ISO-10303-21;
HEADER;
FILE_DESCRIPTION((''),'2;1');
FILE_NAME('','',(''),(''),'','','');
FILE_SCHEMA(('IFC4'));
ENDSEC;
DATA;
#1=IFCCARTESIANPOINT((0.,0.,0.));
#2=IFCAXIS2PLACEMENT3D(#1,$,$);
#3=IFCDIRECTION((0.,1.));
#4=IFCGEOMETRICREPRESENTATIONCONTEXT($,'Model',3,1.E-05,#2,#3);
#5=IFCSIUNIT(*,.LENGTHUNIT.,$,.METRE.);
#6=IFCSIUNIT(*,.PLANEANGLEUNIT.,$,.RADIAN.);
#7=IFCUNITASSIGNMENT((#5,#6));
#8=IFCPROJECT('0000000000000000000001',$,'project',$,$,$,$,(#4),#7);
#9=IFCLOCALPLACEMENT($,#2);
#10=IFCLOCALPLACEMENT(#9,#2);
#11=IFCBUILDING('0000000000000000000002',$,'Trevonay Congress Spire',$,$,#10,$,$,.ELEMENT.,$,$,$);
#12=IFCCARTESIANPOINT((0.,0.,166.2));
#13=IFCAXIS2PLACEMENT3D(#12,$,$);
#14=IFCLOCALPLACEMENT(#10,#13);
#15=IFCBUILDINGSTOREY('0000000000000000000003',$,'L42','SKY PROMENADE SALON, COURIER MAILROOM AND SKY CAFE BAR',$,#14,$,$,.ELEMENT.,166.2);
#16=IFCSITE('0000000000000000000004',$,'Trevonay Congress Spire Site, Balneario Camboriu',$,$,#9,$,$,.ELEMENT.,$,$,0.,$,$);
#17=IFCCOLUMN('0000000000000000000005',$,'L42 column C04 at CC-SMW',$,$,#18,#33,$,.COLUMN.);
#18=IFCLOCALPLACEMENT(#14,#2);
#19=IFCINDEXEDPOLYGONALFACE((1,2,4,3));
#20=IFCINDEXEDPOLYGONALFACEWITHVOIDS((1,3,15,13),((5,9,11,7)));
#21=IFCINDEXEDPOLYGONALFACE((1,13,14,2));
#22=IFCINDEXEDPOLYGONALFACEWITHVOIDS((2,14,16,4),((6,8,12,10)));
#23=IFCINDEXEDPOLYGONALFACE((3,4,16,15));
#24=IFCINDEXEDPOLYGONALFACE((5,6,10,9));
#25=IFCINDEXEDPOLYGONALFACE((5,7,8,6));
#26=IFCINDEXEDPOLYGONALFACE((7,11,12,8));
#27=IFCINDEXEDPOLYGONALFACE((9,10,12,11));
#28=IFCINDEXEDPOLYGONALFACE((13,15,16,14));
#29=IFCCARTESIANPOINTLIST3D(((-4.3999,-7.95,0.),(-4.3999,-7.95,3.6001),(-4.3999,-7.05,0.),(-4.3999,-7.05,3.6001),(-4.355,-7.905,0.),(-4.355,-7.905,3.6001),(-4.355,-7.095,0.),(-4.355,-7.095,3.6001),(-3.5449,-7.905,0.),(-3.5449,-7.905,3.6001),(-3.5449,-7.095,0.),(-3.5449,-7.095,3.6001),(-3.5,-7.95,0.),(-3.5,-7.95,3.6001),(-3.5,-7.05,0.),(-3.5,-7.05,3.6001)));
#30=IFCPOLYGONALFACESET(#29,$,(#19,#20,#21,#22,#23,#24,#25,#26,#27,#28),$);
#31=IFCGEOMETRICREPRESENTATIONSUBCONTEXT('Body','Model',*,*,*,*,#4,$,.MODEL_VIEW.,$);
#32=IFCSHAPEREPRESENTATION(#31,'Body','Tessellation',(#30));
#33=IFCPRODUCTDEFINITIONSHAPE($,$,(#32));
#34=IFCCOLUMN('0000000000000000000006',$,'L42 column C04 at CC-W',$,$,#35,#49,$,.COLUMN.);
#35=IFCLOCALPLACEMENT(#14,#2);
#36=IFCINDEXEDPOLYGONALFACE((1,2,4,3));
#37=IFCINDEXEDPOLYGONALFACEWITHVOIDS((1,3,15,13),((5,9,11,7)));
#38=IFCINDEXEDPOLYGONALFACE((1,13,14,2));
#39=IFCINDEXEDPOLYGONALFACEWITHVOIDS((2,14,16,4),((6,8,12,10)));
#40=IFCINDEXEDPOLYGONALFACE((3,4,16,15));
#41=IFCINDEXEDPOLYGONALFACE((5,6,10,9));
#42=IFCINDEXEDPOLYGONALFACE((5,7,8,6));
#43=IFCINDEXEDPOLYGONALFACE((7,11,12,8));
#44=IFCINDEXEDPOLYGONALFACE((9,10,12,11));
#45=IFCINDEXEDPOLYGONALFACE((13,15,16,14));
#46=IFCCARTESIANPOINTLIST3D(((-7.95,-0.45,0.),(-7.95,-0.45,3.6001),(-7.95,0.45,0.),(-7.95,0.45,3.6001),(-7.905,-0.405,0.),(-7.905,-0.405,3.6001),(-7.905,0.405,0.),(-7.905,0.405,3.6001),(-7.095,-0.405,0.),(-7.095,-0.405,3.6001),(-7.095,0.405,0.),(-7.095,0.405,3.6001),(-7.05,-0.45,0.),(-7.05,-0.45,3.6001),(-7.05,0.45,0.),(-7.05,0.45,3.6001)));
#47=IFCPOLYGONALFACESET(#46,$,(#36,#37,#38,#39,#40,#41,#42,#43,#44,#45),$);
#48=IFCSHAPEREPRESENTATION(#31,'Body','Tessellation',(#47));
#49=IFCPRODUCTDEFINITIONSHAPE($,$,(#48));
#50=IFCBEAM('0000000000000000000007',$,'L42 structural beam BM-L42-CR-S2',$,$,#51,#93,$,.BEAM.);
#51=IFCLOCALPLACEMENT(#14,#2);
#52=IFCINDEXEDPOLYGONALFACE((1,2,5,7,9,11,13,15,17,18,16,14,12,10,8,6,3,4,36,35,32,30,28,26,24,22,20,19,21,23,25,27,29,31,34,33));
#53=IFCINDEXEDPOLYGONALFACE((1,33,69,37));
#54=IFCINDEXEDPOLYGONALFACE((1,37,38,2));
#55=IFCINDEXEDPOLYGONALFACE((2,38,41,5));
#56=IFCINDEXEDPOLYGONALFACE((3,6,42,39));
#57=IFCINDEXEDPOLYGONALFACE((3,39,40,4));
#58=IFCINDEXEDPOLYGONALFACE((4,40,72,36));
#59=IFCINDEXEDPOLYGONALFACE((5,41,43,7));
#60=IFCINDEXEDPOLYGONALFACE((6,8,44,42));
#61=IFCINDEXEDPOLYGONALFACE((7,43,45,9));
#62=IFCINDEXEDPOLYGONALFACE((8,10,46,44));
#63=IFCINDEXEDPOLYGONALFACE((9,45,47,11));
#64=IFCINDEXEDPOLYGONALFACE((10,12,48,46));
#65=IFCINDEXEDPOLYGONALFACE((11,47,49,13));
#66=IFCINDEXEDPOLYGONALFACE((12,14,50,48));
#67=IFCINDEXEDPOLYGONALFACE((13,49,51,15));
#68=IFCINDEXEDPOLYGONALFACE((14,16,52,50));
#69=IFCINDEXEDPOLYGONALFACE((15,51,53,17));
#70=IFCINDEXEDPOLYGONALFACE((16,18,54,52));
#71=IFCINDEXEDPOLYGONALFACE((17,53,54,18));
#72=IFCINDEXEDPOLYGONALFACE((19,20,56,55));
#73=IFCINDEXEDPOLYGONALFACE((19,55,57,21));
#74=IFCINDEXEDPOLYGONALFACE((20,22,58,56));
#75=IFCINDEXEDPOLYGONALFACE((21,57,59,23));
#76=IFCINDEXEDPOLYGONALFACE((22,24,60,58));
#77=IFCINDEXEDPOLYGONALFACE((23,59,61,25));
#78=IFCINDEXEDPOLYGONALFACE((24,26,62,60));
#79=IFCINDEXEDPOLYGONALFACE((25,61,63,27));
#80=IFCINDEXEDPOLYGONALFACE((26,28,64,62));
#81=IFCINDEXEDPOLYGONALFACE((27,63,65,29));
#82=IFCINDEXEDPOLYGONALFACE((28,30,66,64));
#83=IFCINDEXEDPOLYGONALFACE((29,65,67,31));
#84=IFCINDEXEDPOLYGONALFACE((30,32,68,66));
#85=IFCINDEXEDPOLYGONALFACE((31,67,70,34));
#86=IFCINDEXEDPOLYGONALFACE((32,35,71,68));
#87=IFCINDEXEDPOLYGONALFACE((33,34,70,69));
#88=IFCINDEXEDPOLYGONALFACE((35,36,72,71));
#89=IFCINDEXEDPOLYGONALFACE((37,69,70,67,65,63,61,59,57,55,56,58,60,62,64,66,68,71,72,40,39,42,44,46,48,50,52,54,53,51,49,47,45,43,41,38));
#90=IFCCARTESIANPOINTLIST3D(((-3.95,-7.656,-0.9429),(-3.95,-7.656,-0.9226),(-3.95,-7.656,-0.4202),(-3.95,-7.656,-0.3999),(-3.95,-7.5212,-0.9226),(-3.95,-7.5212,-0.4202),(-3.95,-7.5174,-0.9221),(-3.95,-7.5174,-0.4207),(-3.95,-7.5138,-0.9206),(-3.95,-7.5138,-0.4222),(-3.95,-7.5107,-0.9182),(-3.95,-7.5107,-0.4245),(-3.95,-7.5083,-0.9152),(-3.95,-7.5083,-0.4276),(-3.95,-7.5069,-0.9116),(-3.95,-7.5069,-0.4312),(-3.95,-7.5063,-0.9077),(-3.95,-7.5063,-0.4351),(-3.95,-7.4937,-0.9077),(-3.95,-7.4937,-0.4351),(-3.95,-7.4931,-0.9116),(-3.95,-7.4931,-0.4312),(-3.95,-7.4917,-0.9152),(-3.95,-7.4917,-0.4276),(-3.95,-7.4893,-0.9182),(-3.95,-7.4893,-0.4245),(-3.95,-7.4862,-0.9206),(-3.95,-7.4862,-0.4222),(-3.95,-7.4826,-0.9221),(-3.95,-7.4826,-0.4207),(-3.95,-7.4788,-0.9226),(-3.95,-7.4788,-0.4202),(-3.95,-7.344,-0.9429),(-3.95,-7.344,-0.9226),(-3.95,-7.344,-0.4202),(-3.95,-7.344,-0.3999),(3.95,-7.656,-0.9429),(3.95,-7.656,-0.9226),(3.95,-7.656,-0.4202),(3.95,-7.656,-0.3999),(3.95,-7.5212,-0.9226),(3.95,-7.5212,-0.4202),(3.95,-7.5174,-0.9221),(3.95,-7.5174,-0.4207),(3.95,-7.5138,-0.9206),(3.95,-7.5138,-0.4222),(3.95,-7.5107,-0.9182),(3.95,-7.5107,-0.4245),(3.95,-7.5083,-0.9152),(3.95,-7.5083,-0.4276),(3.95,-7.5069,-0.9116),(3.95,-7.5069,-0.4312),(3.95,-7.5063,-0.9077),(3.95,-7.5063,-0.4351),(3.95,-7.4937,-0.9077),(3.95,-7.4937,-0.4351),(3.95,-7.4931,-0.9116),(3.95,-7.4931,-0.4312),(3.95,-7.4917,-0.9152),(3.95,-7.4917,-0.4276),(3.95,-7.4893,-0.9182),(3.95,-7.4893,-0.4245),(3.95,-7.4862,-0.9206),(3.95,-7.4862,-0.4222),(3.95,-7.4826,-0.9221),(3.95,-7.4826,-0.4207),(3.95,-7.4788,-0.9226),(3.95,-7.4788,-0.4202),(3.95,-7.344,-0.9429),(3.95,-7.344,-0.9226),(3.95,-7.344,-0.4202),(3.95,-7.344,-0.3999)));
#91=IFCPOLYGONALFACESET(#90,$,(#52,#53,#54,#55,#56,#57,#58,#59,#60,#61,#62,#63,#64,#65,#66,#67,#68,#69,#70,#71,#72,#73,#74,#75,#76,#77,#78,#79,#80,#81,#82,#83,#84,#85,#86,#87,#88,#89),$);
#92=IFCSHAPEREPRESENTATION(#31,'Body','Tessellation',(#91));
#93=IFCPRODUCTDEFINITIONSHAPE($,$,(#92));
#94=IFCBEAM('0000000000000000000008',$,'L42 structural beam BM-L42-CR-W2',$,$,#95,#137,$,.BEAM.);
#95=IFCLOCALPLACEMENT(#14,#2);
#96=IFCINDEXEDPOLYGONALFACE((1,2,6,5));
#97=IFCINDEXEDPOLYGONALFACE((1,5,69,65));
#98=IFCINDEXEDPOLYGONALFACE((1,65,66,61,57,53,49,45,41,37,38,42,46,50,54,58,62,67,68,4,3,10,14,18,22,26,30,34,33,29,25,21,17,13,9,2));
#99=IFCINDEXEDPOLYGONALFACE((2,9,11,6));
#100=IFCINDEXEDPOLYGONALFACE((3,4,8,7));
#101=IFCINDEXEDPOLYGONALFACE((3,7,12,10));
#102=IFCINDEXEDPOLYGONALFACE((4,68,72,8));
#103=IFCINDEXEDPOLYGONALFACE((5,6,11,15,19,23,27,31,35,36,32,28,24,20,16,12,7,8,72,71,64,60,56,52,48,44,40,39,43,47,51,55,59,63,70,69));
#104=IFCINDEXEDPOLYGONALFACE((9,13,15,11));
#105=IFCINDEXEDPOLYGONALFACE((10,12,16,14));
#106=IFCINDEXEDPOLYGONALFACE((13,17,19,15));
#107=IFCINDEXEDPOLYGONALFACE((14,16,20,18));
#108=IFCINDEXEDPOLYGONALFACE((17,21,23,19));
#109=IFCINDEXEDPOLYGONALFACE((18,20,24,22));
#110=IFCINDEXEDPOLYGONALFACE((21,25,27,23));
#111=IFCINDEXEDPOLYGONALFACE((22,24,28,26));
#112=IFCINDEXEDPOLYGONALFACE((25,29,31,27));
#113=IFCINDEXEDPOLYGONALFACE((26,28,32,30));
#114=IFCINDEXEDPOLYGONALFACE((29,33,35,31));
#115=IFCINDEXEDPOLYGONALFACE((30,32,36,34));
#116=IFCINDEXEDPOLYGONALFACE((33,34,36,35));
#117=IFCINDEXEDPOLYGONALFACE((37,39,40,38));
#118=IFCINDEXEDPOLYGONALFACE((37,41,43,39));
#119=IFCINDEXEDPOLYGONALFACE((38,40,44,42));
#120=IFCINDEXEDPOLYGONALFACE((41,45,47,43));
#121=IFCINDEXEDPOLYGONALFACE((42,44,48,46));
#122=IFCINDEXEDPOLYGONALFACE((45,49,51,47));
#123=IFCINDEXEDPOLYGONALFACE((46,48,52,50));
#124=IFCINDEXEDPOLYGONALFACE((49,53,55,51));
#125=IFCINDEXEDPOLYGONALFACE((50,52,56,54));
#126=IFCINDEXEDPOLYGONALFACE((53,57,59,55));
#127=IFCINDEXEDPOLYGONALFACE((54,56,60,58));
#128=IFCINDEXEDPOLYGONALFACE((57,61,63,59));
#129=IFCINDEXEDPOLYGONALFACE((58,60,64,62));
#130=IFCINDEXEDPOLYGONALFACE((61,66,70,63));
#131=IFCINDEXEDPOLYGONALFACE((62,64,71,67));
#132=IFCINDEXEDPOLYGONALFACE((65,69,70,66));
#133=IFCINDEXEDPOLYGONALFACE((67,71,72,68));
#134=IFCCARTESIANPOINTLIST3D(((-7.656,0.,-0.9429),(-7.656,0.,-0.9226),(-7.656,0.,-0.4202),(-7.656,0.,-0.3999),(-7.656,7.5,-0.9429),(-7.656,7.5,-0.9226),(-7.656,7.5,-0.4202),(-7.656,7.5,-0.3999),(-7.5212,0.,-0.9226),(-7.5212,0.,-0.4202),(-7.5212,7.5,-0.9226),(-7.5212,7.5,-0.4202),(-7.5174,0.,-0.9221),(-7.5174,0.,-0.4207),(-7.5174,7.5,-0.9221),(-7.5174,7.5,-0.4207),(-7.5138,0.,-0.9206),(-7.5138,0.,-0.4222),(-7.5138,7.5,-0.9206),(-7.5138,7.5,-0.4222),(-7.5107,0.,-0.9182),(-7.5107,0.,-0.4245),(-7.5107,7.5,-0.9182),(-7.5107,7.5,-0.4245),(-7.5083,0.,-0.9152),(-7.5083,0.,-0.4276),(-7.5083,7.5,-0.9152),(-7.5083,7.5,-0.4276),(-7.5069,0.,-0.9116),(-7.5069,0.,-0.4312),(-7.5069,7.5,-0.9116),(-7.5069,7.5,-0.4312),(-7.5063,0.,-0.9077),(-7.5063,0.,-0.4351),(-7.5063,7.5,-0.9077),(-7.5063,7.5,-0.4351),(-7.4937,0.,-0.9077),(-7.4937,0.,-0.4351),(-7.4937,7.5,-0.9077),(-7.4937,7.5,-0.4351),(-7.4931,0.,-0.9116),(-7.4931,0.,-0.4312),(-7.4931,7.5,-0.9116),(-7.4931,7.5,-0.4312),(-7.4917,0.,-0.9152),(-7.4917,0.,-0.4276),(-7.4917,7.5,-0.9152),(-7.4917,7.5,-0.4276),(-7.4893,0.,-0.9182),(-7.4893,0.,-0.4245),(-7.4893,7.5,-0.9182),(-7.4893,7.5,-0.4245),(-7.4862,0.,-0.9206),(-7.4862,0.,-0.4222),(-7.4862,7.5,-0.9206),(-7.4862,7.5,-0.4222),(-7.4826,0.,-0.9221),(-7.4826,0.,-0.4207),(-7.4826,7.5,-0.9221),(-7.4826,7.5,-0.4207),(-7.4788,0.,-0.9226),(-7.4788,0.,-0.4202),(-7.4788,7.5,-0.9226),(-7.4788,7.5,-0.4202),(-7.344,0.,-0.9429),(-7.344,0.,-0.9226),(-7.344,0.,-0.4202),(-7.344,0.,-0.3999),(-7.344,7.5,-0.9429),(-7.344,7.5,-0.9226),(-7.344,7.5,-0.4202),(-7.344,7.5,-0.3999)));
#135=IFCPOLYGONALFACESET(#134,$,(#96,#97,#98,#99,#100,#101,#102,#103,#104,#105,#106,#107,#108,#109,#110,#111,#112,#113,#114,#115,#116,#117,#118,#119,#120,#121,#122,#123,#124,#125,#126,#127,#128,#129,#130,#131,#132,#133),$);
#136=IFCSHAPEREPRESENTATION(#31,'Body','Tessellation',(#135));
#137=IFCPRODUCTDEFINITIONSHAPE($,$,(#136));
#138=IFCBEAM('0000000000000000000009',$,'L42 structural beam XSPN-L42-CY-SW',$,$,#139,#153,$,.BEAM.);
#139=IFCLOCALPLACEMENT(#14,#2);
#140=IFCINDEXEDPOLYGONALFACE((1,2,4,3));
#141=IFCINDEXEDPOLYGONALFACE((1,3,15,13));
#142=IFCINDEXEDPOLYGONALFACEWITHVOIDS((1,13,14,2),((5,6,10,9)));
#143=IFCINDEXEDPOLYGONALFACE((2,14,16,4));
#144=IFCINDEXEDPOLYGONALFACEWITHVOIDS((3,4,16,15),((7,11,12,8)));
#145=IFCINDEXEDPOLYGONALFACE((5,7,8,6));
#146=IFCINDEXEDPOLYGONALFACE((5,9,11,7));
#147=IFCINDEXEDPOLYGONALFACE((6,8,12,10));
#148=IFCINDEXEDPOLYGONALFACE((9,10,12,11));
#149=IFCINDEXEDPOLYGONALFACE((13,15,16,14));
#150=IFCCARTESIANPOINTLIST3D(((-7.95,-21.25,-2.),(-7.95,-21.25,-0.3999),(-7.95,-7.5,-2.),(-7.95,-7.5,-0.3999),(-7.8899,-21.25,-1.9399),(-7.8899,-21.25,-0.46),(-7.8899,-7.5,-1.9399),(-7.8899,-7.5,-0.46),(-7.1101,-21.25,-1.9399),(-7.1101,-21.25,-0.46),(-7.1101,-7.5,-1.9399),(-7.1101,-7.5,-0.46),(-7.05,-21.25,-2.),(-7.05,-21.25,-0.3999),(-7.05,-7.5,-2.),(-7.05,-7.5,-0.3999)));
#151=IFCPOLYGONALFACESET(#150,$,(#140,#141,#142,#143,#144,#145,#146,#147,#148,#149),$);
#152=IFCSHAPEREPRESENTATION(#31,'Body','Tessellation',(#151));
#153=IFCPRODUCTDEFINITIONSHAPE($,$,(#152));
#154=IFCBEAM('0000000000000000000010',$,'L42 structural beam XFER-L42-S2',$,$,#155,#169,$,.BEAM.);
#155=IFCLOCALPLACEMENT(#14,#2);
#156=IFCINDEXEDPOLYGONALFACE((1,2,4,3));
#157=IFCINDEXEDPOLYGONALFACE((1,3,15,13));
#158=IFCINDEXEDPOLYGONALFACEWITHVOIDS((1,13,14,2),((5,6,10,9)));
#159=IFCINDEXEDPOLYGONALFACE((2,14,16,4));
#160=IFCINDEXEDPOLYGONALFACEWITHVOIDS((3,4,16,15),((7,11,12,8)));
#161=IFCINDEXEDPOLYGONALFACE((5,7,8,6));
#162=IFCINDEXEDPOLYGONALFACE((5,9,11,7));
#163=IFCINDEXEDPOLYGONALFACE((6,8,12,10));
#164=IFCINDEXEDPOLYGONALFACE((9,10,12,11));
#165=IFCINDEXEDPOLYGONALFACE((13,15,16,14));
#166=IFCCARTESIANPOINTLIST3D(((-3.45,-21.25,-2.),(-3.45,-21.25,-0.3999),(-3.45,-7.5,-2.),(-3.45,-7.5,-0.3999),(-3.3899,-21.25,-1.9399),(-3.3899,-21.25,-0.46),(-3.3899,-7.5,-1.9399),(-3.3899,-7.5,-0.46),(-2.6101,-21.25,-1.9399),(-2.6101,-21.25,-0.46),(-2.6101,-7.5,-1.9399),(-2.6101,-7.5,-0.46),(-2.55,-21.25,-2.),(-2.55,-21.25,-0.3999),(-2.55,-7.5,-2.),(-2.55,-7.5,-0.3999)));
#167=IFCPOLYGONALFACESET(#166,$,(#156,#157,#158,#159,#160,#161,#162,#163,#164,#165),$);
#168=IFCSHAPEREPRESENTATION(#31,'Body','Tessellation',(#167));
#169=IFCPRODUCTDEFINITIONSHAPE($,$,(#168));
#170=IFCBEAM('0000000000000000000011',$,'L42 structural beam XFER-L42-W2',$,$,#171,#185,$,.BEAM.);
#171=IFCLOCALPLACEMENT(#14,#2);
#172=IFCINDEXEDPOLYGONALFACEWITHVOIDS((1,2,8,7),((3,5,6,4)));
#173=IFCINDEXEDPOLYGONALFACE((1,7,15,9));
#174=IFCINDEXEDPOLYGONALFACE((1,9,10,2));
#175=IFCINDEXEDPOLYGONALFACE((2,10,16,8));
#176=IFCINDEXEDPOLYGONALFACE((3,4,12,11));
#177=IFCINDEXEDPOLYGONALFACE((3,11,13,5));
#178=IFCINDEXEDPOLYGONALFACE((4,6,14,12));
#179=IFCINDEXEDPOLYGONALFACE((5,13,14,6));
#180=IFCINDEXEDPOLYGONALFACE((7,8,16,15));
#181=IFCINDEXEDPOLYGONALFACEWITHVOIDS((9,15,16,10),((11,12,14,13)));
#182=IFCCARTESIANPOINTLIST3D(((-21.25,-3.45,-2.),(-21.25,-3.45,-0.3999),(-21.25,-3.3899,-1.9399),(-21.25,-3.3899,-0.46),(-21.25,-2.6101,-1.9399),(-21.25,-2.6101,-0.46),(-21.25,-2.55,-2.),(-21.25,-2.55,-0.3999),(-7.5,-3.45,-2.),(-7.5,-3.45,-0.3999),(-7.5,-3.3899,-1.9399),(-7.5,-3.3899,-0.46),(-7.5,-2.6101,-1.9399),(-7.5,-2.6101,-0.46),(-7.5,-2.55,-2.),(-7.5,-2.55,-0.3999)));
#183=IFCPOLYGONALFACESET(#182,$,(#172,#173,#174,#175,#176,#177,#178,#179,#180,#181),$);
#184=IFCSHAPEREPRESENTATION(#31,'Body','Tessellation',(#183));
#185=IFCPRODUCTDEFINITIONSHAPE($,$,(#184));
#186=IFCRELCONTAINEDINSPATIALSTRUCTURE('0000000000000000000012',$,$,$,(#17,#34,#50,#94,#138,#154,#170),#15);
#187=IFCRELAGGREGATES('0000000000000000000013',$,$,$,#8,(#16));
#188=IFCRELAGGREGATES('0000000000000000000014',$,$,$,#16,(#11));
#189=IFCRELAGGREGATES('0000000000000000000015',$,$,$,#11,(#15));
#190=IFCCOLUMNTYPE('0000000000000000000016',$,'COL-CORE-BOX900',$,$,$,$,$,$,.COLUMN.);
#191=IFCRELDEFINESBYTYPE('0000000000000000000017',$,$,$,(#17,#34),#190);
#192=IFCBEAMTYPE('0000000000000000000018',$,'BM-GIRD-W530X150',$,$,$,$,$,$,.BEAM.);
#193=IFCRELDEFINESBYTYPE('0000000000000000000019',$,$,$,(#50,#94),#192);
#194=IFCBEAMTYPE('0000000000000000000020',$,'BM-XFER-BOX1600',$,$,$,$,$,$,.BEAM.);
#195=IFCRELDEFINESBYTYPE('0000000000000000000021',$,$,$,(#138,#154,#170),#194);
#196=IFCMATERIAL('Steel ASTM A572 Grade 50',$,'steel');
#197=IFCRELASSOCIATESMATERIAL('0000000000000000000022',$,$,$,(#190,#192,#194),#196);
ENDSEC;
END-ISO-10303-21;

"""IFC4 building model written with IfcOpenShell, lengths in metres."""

from ifc_helpers import new_model, si_unit, direction, frame, origin, origin_2d, place, context, subcontext, project, spatial, hollow_rectangle, i_section, extrude, material, material_profile, profile_set, type_object, element, save


model = new_model("IFC4")

# Units and contexts
model_context = context("Model", 3, precision=1e-05, world=origin(), true_north=direction((0.0, 1.0)))
body_context = subcontext(model_context, "Body", "Model", "MODEL_VIEW")
ifc_project = project(units=[si_unit("LENGTHUNIT", "METRE"), si_unit("PLANEANGLEUNIT", "RADIAN")], contexts=[model_context])

# Site, building, storey
site_placement = place(None, origin())
site = spatial("IfcSite", under=ifc_project, at=site_placement, Name="Trevonay Congress Spire Site, Balneario Camboriu", CompositionType="ELEMENT", RefElevation=0.0)
building_placement = place(site_placement, origin())
building = spatial("IfcBuilding", under=site, at=building_placement, Name="Trevonay Congress Spire", CompositionType="ELEMENT")
storey_placement = place(building_placement, frame((0.0, 0.0, 166.2)))
storey = spatial("IfcBuildingStorey", under=building, at=storey_placement, Name="L42", Description="SKY PROMENADE SALON, COURIER MAILROOM AND SKY CAFE BAR", CompositionType="ELEMENT", Elevation=166.2)

# Columns
ifc_material_1 = material(Name="Steel ASTM A572 Grade 50", Category="steel")
ifc_material_profile_1 = material_profile(ifc_material_1, hollow_rectangle(XDim=0.8999, YDim=0.8999, WallThickness=0.0449, at=origin_2d()), Name="BOX 900x900x45")
ifc_profile_set_1 = profile_set([ifc_material_profile_1], Name="Steel ASTM A572 Grade 50")
column_type = type_object("IfcColumnType", Name="COL-CORE-BOX900", PredefinedType="COLUMN", material=ifc_profile_set_1)
for number, where, z_axis, x_axis, name in (
    (1, (-3.95, -7.5, 0.0), (0.0, 0.0, 1.0), (1.0, 0.0, 0.0), "L42 column C04 at CC-SMW"),
    (2, (-7.5, 0.0, 0.0), (0.0, 0.0, 1.0), (1.0, 0.0, 0.0), "L42 column C04 at CC-W"),
):
    element("IfcColumn", number, at=place(storey_placement, frame(where, z_axis=z_axis, x_axis=x_axis)), inside=storey, type_object=column_type, Name=name, PredefinedType="COLUMN", context=body_context, shape_type="SweptSolid", body=[
        extrude(hollow_rectangle(XDim=0.8999, YDim=0.8999, WallThickness=0.0449, at=origin_2d()), origin(), (0.0, 0.0, 1.0), 3.6001),
    ])

# Beams
ifc_material_profile_2 = material_profile(ifc_material_1, i_section(OverallWidth=0.312, OverallDepth=0.543, WebThickness=0.0127, FlangeThickness=0.0203, FilletRadius=0.0149, at=origin_2d()), Name="W530x150")
ifc_profile_set_2 = profile_set([ifc_material_profile_2], Name="Steel ASTM A572 Grade 50")
beam_type_1 = type_object("IfcBeamType", Name="BM-GIRD-W530X150", PredefinedType="BEAM", material=ifc_profile_set_2)
beam_1_placement = place(storey_placement, frame((-3.95, -7.5, -0.6714), z_axis=(1.0, 0.0, 0.0), x_axis=(0.0, 1.0, 0.0)))
element("IfcBeam", 3, at=beam_1_placement, inside=storey, type_object=beam_type_1, Name="L42 structural beam BM-L42-CR-S2", PredefinedType="BEAM", context=body_context, shape_type="SweptSolid", body=[
    extrude(i_section(OverallWidth=0.312, OverallDepth=0.543, WebThickness=0.0127, FlangeThickness=0.0203, FilletRadius=0.0149, at=origin_2d()), origin(), (0.0, 0.0, 1.0), 7.8999),
])
beam_2_placement = place(storey_placement, frame((-7.5, 0.0, -0.6714), z_axis=(0.0, 1.0, 0.0), x_axis=(-1.0, 0.0, 0.0)))
element("IfcBeam", 4, at=beam_2_placement, inside=storey, type_object=beam_type_1, Name="L42 structural beam BM-L42-CR-W2", PredefinedType="BEAM", context=body_context, shape_type="SweptSolid", body=[
    extrude(i_section(OverallWidth=0.312, OverallDepth=0.543, WebThickness=0.0127, FlangeThickness=0.0203, FilletRadius=0.0149, at=origin_2d()), origin(), (0.0, 0.0, 1.0), 7.5),
])
ifc_material_profile_3 = material_profile(ifc_material_1, hollow_rectangle(XDim=0.8999, YDim=1.6001, WallThickness=0.0601, at=origin_2d()), Name="BOX 1600x900x60")
ifc_profile_set_3 = profile_set([ifc_material_profile_3], Name="Steel ASTM A572 Grade 50")
beam_type_2 = type_object("IfcBeamType", Name="BM-XFER-BOX1600", PredefinedType="BEAM", material=ifc_profile_set_3)
for number, where, z_axis, x_axis, name in (
    (5, (-7.5, -7.5, -1.2), (0.0, -1.0, 0.0), (1.0, 0.0, 0.0), "L42 structural beam XSPN-L42-CY-SW"),
    (6, (-3.0, -7.5, -1.2), (0.0, -1.0, 0.0), (1.0, 0.0, 0.0), "L42 structural beam XFER-L42-S2"),
    (7, (-7.5, -3.0, -1.2), (-1.0, 0.0, 0.0), (0.0, -1.0, 0.0), "L42 structural beam XFER-L42-W2"),
):
    element("IfcBeam", number, at=place(storey_placement, frame(where, z_axis=z_axis, x_axis=x_axis)), inside=storey, type_object=beam_type_2, Name=name, PredefinedType="BEAM", context=body_context, shape_type="SweptSolid", body=[
        extrude(hollow_rectangle(XDim=0.8999, YDim=1.6001, WallThickness=0.0601, at=origin_2d()), origin(), (0.0, 0.0, 1.0), 13.75),
    ])

save(model, "model.ifc")
